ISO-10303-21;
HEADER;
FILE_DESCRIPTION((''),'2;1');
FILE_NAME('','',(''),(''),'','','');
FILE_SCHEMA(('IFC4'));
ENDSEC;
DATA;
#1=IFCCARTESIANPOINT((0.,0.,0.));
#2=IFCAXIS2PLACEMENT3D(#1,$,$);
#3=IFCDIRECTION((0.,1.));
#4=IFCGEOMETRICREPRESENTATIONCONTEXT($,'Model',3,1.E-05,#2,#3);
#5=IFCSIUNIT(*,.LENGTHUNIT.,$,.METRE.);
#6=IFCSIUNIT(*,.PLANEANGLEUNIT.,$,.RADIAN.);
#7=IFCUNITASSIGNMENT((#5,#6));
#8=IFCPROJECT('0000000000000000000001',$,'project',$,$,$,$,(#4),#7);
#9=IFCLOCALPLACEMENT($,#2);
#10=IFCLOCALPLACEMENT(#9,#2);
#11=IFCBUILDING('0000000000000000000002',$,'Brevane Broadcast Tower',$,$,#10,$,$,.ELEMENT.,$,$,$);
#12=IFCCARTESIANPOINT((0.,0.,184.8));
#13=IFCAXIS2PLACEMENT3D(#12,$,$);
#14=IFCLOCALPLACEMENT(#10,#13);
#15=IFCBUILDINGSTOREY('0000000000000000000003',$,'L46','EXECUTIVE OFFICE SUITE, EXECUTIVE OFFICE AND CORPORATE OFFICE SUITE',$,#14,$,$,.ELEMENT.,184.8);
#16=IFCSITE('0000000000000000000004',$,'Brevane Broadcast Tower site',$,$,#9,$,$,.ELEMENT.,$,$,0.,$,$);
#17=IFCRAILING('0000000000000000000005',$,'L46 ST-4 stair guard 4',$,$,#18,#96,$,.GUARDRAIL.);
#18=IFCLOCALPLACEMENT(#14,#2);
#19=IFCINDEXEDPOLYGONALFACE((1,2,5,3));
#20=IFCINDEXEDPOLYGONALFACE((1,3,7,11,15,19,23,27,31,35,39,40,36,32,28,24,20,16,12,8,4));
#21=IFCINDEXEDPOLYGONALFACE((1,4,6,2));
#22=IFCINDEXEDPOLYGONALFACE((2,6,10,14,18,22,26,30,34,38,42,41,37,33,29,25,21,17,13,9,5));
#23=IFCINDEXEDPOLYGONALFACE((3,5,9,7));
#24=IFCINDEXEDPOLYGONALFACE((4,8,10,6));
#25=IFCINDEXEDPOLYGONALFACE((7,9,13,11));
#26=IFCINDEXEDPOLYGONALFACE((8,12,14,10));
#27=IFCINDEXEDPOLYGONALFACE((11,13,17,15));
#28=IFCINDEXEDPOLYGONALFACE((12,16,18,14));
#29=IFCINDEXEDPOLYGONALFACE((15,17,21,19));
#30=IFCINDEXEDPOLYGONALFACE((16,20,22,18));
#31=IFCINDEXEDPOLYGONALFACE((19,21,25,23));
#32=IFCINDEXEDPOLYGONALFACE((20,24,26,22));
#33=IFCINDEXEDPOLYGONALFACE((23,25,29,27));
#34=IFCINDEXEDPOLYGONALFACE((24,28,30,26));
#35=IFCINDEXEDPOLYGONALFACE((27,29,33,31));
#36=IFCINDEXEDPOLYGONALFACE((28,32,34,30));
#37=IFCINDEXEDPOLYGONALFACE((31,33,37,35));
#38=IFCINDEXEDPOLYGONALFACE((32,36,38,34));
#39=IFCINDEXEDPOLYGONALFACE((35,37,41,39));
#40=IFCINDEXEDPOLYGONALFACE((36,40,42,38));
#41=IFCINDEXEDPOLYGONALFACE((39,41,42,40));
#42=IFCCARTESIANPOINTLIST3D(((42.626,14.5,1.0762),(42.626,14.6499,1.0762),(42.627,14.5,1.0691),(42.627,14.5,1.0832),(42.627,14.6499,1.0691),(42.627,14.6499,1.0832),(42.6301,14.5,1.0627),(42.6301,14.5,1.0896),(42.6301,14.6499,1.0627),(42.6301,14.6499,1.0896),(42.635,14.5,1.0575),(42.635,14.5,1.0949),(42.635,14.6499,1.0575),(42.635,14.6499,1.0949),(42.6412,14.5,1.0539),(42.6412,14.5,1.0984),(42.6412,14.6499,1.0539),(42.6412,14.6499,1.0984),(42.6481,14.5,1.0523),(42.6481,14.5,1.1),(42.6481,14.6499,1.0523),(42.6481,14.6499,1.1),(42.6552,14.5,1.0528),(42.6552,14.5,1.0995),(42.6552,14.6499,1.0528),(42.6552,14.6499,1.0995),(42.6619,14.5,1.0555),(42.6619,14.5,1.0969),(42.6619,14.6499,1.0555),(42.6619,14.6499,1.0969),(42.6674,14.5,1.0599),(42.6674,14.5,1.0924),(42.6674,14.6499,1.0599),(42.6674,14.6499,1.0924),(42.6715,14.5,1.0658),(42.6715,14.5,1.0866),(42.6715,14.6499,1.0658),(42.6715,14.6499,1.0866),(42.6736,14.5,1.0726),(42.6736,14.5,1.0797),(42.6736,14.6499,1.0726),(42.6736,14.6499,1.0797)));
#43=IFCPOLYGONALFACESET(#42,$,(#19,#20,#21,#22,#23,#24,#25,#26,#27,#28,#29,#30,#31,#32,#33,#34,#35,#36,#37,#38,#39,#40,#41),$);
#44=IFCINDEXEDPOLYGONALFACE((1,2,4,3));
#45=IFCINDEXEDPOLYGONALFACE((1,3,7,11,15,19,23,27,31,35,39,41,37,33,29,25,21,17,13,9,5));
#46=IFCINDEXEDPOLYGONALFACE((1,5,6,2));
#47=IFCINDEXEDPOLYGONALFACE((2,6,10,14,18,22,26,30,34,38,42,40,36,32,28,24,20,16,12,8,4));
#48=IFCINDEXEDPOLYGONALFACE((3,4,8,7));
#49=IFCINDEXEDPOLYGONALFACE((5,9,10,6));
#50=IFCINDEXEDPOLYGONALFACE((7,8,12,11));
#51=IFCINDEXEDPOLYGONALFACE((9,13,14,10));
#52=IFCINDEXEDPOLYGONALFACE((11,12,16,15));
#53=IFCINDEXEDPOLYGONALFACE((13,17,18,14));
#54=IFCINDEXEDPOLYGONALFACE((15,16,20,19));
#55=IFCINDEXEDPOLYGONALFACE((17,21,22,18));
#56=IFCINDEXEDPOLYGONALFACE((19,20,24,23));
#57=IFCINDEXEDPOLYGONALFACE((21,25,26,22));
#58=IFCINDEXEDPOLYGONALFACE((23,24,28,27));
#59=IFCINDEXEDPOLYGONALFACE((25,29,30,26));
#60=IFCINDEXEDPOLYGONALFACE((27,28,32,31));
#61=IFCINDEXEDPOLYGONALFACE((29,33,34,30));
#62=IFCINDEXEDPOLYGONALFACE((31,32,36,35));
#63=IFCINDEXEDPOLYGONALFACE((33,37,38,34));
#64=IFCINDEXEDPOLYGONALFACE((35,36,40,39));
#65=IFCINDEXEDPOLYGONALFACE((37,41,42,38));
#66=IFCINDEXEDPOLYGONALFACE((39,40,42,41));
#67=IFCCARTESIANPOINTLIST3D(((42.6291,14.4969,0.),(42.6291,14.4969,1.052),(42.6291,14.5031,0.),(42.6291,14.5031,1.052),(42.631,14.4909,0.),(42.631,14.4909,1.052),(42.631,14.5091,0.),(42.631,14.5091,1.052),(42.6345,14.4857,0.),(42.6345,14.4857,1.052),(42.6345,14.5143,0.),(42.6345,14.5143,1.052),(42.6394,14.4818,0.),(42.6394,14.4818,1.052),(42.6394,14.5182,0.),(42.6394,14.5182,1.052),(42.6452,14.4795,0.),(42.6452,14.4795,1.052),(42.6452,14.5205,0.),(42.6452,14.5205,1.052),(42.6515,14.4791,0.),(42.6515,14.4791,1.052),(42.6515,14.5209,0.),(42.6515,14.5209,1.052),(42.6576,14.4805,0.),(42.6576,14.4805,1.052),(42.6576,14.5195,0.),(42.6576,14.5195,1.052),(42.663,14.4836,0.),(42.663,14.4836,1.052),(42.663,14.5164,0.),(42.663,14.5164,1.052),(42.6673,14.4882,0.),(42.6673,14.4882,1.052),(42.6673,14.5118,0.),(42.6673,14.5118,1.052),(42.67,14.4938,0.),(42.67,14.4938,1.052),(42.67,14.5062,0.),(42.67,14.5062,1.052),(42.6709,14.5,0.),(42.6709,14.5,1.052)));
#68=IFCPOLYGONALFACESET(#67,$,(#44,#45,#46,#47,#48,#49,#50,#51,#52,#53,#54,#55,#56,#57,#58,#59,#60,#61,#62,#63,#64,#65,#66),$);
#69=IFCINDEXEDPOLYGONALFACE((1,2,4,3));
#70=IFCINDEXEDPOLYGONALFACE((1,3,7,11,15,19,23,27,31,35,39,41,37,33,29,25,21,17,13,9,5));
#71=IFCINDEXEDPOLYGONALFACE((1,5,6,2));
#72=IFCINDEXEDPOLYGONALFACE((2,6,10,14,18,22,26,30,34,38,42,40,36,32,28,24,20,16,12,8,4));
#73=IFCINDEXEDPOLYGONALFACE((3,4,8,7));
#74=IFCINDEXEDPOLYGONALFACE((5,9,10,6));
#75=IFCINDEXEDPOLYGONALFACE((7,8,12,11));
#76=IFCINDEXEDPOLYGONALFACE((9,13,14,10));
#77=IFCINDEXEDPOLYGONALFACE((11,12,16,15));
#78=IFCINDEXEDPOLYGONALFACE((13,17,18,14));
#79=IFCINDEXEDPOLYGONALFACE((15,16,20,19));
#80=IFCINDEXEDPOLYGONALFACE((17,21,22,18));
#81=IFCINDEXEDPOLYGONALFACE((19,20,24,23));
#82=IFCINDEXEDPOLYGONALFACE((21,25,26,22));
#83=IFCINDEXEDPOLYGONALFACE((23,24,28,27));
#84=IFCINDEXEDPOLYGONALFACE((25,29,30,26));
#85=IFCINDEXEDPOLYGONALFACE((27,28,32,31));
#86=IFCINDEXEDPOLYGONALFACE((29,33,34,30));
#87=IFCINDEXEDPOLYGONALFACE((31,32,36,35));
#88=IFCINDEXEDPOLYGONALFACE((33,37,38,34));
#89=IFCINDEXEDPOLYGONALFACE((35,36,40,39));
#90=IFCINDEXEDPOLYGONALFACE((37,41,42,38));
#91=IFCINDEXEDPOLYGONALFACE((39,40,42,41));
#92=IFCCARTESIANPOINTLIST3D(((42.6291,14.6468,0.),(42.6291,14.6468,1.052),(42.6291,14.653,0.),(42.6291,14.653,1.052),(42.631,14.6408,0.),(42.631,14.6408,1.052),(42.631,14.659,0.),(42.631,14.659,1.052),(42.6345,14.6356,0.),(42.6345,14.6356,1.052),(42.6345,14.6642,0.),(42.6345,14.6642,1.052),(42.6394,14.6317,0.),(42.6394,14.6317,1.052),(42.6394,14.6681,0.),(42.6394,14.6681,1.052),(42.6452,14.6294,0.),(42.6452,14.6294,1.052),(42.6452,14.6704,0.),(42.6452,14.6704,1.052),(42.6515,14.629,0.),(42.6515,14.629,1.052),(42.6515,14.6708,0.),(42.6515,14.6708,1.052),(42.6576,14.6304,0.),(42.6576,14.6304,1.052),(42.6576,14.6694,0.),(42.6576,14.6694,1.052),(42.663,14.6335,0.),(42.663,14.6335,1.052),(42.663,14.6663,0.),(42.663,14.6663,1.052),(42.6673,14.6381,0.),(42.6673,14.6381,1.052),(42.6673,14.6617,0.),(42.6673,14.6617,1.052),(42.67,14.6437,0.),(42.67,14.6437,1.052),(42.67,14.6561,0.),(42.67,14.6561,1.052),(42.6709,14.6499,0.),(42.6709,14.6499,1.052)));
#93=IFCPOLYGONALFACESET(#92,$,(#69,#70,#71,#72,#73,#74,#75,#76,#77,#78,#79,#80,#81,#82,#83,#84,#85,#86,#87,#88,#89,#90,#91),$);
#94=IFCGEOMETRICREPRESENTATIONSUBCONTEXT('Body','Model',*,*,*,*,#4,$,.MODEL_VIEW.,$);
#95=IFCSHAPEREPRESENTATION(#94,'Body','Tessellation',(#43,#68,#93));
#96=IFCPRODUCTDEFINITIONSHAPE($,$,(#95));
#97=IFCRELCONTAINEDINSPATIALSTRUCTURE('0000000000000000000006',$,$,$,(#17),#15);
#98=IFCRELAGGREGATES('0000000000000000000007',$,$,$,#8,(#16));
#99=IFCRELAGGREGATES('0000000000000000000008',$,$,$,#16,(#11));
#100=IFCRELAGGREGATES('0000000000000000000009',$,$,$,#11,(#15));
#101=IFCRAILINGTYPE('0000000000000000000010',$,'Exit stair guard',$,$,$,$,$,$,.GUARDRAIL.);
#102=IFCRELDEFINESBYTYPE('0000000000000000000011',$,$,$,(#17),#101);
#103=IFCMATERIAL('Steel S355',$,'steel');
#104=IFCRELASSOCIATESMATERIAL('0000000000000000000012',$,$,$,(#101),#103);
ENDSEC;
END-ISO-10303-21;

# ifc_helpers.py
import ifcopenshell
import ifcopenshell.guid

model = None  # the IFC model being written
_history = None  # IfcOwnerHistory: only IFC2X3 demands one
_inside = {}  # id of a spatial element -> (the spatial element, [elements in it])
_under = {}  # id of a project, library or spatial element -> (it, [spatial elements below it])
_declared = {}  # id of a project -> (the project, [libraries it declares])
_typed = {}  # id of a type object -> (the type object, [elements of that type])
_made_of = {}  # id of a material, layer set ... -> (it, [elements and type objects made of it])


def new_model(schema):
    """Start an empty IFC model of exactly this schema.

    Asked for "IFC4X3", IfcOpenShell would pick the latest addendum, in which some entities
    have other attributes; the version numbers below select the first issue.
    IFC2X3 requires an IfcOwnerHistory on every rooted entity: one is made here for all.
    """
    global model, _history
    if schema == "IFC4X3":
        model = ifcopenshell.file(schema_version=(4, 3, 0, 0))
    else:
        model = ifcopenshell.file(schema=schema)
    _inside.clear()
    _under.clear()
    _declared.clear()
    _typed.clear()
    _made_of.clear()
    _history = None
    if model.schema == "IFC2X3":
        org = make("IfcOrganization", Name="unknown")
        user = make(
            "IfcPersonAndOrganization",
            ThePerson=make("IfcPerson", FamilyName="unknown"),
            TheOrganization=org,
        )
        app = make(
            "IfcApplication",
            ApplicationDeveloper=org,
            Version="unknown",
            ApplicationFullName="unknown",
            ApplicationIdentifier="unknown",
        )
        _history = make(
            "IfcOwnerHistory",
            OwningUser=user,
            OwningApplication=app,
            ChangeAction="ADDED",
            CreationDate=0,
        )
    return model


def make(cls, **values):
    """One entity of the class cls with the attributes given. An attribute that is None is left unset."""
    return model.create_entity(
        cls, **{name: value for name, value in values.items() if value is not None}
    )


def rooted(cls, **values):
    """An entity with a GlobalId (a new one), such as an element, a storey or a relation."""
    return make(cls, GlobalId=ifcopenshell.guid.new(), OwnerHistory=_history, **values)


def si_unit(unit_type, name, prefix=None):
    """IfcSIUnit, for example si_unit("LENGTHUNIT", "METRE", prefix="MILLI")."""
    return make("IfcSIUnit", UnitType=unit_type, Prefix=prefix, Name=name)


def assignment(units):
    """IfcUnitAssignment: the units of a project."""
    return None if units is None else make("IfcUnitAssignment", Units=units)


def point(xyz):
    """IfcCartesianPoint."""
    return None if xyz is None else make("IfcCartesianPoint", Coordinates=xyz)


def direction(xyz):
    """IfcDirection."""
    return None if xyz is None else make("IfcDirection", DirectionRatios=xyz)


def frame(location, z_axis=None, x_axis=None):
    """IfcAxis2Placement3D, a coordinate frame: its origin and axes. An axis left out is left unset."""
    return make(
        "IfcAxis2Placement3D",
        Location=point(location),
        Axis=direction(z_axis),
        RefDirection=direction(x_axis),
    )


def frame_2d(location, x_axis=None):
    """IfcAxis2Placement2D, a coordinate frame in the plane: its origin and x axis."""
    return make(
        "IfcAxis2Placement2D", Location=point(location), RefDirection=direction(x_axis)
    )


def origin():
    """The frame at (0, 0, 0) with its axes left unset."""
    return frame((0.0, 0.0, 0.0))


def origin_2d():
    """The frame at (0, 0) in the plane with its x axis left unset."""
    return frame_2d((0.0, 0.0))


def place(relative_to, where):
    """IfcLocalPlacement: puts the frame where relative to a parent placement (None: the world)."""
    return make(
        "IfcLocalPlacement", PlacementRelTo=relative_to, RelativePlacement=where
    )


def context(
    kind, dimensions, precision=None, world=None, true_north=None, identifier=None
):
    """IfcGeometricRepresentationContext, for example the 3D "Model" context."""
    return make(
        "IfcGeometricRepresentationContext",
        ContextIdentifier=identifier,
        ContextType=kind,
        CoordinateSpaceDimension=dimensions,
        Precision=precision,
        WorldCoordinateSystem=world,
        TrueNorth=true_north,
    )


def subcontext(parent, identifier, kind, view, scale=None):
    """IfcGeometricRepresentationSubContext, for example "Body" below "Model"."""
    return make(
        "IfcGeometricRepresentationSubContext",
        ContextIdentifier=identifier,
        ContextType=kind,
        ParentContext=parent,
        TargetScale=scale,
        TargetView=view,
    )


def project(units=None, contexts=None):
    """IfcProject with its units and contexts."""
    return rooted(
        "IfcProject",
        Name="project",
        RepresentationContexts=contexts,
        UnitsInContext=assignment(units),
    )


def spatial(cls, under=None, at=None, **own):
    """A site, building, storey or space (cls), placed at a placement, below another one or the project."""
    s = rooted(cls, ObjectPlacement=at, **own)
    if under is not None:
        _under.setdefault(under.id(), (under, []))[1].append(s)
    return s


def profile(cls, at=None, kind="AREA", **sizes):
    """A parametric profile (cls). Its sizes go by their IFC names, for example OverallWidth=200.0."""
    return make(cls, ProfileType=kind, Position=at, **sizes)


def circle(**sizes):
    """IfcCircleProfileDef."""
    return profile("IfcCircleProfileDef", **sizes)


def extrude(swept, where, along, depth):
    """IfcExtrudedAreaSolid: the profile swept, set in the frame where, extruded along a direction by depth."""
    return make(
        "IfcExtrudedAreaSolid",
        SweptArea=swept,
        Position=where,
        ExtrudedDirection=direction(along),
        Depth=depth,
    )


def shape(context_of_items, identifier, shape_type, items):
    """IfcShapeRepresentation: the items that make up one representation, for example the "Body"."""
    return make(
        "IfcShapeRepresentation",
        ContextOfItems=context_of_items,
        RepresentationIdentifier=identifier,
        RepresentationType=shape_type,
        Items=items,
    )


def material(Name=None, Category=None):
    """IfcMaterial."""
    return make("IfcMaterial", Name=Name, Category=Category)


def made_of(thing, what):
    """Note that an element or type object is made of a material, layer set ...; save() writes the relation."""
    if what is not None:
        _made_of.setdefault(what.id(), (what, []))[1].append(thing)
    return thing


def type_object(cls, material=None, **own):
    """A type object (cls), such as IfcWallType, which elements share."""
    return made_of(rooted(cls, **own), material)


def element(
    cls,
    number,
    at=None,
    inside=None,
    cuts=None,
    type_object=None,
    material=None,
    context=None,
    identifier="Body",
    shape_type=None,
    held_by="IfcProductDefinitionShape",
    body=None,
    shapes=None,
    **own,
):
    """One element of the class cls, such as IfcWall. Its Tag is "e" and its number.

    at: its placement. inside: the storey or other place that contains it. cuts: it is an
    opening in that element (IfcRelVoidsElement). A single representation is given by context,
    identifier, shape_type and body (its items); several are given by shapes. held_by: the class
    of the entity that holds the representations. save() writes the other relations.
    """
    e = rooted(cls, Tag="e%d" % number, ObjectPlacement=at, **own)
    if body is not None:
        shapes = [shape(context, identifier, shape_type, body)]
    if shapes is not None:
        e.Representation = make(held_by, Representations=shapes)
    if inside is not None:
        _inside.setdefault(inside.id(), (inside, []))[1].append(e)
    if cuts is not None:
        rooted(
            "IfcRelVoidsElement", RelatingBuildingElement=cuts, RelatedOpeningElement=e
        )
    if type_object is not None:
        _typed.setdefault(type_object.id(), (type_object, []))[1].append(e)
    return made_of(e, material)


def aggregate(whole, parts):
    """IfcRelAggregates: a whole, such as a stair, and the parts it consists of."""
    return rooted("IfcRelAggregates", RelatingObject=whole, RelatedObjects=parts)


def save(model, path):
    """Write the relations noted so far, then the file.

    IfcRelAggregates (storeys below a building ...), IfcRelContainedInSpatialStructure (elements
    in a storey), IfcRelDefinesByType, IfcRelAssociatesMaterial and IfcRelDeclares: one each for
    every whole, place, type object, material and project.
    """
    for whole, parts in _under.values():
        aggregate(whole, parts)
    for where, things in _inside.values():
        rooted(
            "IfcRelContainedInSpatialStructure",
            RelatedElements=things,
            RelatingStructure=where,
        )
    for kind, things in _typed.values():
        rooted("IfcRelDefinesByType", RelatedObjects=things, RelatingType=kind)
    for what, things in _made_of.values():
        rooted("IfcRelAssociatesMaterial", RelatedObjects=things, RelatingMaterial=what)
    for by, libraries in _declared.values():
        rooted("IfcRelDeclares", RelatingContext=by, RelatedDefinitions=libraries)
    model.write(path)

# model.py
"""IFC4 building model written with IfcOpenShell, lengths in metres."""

from ifc_helpers import new_model, si_unit, direction, frame, origin, origin_2d, place, context, subcontext, project, spatial, circle, extrude, material, type_object, element, save


model = new_model("IFC4")

# Units and contexts
model_context = context("Model", 3, precision=1e-05, world=origin(), true_north=direction((0.0, 1.0)))
body_context = subcontext(model_context, "Body", "Model", "MODEL_VIEW")
ifc_project = project(units=[si_unit("LENGTHUNIT", "METRE"), si_unit("PLANEANGLEUNIT", "RADIAN")], contexts=[model_context])

# Site, building, storey
site_placement = place(None, origin())
site = spatial("IfcSite", under=ifc_project, at=site_placement, Name="Brevane Broadcast Tower site", CompositionType="ELEMENT", RefElevation=0.0)
building_placement = place(site_placement, origin())
building = spatial("IfcBuilding", under=site, at=building_placement, Name="Brevane Broadcast Tower", CompositionType="ELEMENT")
storey_placement = place(building_placement, frame((0.0, 0.0, 184.8)))
storey = spatial("IfcBuildingStorey", under=building, at=storey_placement, Name="L46", Description="EXECUTIVE OFFICE SUITE, EXECUTIVE OFFICE AND CORPORATE OFFICE SUITE", CompositionType="ELEMENT", Elevation=184.8)

# Railing
ifc_material_1 = material(Name="Steel S355", Category="steel")
railing_type_1 = type_object("IfcRailingType", Name="Exit stair guard", PredefinedType="GUARDRAIL", material=ifc_material_1)
railing_1_placement = place(storey_placement, frame((42.6499, 14.5, 0.0)))
element("IfcRailing", 1, at=railing_1_placement, inside=storey, type_object=railing_type_1, Name="L46 ST-4 stair guard 4", PredefinedType="GUARDRAIL", context=body_context, shape_type="SweptSolid", body=[
    extrude(circle(Radius=0.0239, at=origin_2d()), frame((0.0, 0.0, 1.0762), z_axis=(0.0, 1.0, 0.0), x_axis=(-1.0, 0.0, 0.0)), (0.0, 0.0, 1.0), 0.1499),
    extrude(circle(Radius=0.021, at=origin_2d()), origin(), (0.0, 0.0, 1.0), 1.052),
    extrude(circle(Radius=0.021, at=origin_2d()), frame((0.0, 0.1499, 0.0)), (0.0, 0.0, 1.0), 1.052),
])

save(model, "model.ifc")
